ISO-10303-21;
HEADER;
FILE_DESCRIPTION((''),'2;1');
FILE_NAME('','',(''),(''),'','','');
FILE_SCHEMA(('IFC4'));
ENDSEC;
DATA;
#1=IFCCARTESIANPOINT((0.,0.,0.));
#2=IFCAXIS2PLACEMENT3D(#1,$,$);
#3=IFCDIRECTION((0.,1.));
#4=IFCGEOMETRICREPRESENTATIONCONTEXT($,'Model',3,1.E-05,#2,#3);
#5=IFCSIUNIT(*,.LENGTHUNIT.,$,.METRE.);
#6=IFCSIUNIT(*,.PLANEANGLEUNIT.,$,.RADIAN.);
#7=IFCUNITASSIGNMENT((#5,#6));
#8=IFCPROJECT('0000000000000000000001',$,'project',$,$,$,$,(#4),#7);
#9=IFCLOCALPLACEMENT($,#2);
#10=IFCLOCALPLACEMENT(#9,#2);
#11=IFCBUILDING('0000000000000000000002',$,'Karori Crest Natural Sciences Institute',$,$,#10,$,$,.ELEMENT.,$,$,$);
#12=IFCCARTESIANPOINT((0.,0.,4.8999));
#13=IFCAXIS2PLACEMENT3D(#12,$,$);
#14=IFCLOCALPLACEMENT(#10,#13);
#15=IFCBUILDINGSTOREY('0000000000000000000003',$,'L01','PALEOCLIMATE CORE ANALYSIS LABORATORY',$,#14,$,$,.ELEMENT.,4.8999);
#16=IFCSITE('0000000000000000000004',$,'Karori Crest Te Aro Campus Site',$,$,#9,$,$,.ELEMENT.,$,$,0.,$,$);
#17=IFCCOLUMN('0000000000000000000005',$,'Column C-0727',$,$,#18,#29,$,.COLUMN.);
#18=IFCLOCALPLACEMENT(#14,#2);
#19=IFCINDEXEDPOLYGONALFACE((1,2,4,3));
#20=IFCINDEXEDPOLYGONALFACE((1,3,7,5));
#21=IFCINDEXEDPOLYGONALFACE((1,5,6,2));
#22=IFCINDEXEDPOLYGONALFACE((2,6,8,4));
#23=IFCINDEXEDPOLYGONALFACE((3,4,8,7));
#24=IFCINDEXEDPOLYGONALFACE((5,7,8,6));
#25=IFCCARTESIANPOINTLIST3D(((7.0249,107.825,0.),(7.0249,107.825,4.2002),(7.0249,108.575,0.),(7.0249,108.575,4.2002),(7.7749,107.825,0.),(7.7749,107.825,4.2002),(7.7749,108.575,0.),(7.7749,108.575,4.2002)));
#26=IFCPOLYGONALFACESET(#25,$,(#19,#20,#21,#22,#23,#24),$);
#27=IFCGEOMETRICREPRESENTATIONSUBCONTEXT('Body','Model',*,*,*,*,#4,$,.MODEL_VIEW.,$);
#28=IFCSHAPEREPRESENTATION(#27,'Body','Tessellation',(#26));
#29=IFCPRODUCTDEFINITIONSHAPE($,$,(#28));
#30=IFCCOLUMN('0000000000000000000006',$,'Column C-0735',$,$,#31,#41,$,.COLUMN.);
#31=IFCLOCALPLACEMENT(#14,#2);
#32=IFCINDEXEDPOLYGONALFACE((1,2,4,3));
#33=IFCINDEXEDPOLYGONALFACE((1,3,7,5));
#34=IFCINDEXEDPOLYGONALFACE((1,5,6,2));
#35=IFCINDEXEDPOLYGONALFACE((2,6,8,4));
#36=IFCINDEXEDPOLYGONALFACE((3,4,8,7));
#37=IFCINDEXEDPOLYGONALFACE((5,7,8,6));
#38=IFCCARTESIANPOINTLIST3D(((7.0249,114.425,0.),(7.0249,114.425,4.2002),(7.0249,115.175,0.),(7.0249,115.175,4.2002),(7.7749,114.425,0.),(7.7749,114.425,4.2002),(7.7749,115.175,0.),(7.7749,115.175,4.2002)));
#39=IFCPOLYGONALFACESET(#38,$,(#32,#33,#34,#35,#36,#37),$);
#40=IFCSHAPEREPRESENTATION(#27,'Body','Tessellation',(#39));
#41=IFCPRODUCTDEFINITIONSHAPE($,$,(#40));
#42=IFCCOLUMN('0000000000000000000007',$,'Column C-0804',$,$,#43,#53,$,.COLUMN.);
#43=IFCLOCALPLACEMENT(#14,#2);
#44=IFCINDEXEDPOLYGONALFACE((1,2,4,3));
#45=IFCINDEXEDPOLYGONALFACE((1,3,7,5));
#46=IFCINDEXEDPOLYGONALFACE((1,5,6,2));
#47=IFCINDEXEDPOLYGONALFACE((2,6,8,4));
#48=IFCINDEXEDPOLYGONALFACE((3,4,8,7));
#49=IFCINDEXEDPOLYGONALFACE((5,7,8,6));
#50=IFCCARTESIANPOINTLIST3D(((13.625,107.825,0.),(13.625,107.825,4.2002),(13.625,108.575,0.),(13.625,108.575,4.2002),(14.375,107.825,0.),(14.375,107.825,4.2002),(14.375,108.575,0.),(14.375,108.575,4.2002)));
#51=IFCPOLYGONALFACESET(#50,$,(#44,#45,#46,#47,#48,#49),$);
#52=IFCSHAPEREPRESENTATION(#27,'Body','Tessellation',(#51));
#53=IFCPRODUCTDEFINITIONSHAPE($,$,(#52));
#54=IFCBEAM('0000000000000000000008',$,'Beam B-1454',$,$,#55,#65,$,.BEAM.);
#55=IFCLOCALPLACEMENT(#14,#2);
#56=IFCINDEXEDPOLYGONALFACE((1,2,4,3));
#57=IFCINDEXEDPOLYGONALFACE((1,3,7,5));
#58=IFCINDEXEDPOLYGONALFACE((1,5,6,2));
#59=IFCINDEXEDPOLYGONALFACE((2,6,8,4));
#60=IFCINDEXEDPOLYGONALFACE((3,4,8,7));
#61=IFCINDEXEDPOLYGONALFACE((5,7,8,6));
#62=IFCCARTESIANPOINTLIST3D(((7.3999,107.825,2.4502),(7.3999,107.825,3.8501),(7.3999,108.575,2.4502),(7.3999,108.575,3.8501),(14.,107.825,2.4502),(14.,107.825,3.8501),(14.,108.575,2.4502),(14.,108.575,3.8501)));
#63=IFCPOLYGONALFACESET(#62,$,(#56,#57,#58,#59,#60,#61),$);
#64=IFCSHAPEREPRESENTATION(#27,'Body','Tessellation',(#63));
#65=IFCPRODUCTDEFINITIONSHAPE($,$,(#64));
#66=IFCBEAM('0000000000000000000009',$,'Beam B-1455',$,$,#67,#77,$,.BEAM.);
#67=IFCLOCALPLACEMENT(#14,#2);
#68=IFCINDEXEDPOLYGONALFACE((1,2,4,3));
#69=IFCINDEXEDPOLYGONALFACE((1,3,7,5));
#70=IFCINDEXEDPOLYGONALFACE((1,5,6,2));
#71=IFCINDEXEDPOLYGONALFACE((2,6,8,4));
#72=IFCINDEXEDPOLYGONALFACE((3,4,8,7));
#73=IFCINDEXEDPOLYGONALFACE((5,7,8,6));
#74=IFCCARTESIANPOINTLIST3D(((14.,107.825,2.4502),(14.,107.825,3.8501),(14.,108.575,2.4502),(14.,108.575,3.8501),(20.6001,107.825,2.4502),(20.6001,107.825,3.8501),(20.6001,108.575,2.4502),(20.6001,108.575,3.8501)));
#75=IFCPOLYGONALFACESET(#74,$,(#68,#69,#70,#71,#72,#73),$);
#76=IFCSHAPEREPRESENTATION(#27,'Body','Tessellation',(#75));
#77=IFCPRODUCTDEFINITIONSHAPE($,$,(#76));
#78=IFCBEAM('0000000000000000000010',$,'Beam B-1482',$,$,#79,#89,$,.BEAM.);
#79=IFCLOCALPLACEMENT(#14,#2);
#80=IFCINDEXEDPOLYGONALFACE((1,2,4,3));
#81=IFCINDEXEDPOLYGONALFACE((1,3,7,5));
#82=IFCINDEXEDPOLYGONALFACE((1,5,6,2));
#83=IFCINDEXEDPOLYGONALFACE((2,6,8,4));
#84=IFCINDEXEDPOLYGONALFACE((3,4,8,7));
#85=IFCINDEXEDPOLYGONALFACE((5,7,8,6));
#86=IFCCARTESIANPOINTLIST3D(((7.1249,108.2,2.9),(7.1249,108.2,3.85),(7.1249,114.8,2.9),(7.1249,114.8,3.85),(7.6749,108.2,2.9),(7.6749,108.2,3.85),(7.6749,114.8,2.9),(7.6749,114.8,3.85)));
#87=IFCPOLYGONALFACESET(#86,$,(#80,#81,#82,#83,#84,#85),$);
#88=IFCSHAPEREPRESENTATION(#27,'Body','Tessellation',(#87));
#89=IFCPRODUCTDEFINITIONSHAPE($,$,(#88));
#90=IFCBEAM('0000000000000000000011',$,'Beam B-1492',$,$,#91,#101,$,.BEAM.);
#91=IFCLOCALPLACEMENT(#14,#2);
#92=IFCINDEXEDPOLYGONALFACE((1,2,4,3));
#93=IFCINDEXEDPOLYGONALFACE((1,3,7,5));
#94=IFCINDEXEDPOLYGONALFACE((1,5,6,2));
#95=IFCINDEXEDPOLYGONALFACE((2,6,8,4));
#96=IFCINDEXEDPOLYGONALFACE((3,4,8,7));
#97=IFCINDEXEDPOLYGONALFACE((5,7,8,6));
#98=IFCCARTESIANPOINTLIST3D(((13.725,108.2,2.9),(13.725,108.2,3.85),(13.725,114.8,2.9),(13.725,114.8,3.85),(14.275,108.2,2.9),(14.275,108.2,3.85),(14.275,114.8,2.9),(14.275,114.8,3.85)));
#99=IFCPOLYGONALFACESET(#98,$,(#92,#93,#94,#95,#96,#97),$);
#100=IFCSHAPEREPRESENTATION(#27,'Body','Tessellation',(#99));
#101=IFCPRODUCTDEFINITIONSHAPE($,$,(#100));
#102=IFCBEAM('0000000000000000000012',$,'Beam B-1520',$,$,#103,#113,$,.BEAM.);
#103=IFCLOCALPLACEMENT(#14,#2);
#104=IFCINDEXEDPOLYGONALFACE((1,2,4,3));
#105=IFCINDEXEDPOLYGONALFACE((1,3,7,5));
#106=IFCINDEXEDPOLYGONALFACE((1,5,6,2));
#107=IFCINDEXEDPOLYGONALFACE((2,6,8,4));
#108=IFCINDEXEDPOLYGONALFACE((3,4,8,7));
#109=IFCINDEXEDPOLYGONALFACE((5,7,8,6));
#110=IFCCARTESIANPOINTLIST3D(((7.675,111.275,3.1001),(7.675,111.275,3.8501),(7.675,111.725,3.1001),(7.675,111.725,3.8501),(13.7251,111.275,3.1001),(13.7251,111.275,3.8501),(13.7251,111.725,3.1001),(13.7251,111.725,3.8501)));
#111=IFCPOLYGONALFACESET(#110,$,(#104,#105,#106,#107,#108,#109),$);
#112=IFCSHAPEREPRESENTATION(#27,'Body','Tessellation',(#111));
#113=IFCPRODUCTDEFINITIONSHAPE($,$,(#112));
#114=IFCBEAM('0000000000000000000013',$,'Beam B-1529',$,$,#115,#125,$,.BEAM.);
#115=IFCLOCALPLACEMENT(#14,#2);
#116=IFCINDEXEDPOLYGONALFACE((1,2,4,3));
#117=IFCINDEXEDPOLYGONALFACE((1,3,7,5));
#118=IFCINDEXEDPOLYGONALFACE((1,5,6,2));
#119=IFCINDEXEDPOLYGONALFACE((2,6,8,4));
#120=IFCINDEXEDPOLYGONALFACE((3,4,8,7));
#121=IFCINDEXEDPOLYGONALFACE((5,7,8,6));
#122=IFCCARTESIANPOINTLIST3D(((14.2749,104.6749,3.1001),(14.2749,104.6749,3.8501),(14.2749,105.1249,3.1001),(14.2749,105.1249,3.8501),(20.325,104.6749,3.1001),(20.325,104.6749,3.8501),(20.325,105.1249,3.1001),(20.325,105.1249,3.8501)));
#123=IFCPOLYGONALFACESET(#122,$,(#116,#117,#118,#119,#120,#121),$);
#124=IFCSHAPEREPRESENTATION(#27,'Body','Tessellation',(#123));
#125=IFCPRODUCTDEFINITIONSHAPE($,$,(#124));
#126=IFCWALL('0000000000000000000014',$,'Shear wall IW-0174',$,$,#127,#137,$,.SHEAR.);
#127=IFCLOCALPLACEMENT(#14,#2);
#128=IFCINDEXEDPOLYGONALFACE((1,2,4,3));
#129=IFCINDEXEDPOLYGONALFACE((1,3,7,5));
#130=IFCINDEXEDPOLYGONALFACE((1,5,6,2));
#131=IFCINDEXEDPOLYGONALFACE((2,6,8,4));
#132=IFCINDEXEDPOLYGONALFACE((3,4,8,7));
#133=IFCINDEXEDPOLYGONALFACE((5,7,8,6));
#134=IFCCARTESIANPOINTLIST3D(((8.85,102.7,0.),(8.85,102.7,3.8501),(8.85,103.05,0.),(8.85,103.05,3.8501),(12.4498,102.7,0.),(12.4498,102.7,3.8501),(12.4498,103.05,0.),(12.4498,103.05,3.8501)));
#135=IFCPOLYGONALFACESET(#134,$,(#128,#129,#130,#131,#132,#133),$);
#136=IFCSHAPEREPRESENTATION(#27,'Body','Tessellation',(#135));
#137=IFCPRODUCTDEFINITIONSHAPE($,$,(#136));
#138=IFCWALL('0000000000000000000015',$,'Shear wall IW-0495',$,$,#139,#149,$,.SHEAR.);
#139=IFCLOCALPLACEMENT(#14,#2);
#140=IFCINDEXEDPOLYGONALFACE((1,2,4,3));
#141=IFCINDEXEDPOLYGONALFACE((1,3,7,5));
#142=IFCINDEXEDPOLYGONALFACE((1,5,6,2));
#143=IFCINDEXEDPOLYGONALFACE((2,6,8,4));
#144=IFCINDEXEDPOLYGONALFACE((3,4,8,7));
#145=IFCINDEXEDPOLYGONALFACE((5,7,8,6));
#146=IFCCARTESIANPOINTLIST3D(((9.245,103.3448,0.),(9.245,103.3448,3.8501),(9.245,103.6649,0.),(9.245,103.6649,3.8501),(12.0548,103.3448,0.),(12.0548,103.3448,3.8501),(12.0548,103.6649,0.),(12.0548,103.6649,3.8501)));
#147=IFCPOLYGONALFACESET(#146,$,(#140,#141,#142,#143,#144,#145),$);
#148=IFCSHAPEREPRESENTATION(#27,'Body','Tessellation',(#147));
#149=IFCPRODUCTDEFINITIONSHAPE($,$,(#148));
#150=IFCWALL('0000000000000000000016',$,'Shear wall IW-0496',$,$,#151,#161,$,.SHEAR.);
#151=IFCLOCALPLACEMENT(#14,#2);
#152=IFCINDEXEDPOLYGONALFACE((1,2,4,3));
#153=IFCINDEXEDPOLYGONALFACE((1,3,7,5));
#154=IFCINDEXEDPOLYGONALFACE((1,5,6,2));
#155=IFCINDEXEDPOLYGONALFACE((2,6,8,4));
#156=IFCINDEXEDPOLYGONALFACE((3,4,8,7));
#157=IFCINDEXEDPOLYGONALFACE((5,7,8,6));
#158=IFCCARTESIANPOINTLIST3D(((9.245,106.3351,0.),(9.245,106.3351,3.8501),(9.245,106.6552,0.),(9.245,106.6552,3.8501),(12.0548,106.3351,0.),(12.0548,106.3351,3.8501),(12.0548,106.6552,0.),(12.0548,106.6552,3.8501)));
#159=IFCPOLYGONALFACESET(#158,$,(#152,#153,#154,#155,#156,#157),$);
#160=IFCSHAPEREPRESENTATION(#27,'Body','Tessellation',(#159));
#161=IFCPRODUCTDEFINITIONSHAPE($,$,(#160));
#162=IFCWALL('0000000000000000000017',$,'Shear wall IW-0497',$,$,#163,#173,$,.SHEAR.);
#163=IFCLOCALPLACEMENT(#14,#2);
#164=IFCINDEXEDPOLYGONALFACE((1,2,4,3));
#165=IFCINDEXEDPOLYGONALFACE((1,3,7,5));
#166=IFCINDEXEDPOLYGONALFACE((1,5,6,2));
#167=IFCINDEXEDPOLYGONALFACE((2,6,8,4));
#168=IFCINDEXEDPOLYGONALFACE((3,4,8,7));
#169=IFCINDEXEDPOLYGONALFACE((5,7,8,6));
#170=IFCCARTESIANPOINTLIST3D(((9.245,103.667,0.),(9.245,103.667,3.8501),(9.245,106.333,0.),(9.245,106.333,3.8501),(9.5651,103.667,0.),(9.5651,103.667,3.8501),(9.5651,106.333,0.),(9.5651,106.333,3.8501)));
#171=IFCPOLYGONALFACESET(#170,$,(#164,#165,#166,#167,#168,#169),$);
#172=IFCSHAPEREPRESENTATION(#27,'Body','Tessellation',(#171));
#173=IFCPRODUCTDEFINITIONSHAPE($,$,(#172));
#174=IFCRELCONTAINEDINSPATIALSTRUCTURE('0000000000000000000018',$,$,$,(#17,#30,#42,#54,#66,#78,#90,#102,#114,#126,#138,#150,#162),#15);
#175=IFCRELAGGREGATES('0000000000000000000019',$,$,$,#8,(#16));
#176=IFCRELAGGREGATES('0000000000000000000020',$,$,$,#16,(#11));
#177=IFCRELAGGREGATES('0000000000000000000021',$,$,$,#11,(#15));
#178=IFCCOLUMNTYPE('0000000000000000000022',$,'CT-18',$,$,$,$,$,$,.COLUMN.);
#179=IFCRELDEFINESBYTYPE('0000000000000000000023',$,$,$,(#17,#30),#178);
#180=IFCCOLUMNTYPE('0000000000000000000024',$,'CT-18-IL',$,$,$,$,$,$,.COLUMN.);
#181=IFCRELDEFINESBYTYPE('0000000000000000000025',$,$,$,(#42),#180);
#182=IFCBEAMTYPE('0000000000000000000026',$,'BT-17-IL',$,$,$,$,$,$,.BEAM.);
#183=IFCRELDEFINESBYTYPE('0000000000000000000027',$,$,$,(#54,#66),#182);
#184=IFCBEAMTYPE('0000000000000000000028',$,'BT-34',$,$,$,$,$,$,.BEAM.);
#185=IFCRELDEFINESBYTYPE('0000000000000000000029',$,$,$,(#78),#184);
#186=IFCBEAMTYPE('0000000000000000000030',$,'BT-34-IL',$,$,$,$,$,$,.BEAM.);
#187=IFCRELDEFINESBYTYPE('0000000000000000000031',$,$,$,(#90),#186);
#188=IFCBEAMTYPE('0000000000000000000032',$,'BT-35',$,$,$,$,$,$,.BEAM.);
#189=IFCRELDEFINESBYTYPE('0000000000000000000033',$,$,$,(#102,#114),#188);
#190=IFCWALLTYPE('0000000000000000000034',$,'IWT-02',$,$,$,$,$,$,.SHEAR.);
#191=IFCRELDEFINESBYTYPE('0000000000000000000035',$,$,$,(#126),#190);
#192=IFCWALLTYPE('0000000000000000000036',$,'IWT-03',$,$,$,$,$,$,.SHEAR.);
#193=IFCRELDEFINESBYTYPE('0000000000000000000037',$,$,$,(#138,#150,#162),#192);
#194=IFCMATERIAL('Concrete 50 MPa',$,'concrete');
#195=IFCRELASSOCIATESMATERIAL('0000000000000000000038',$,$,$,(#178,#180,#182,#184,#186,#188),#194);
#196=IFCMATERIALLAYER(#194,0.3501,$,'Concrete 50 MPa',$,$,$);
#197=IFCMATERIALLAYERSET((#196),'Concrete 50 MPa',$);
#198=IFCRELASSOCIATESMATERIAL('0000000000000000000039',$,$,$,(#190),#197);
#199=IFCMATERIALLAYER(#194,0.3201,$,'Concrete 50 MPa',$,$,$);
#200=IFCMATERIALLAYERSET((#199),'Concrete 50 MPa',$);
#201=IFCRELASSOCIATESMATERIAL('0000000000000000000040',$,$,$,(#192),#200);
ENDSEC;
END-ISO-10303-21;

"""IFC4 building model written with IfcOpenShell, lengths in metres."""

from ifc_helpers import new_model, si_unit, direction, frame, frame_2d, origin, origin_2d, place, context, subcontext, project, spatial, rectangle, extrude, material, layer, layer_set, material_profile, profile_set, type_object, element, save


model = new_model("IFC4")

# Units and contexts
model_context = context("Model", 3, precision=1e-05, world=origin(), true_north=direction((0.0, 1.0)))
body_context = subcontext(model_context, "Body", "Model", "MODEL_VIEW")
ifc_project = project(units=[si_unit("LENGTHUNIT", "METRE"), si_unit("PLANEANGLEUNIT", "RADIAN")], contexts=[model_context])

# Site, building, storey
site_placement = place(None, origin())
site = spatial("IfcSite", under=ifc_project, at=site_placement, Name="Karori Crest Te Aro Campus Site", CompositionType="ELEMENT", RefElevation=0.0)
building_placement = place(site_placement, origin())
building = spatial("IfcBuilding", under=site, at=building_placement, Name="Karori Crest Natural Sciences Institute", CompositionType="ELEMENT")
storey_placement = place(building_placement, frame((0.0, 0.0, 4.8999)))
storey = spatial("IfcBuildingStorey", under=building, at=storey_placement, Name="L01", Description="PALEOCLIMATE CORE ANALYSIS LABORATORY", CompositionType="ELEMENT", Elevation=4.8999)

# Columns
ifc_material_1 = material(Name="Concrete 50 MPa", Category="concrete")
ifc_material_profile_1 = material_profile(ifc_material_1, rectangle(XDim=0.75, YDim=0.75, at=origin_2d()), Name="RC750x750")
ifc_profile_set_1 = profile_set([ifc_material_profile_1], Name="Concrete 50 MPa")
column_type_1 = type_object("IfcColumnType", Name="CT-18", PredefinedType="COLUMN", material=ifc_profile_set_1)
for number, where, z_axis, x_axis, name in (
    (1, (7.3999, 108.2, 0.0), (0.0, 0.0, 1.0), (1.0, 0.0, 0.0), "Column C-0727"),
    (2, (7.3999, 114.8, 0.0), (0.0, 0.0, 1.0), (1.0, 0.0, 0.0), "Column C-0735"),
):
    element("IfcColumn", number, at=place(storey_placement, frame(where, z_axis=z_axis, x_axis=x_axis)), inside=storey, type_object=column_type_1, Name=name, PredefinedType="COLUMN", context=body_context, shape_type="SweptSolid", body=[
        extrude(rectangle(XDim=0.75, YDim=0.75, at=origin_2d()), origin(), (0.0, 0.0, 1.0), 4.2002),
    ])
ifc_material_profile_2 = material_profile(ifc_material_1, rectangle(XDim=0.75, YDim=0.75, at=origin_2d()), Name="RC750x750")
ifc_profile_set_2 = profile_set([ifc_material_profile_2], Name="Concrete 50 MPa")
column_type_2 = type_object("IfcColumnType", Name="CT-18-IL", PredefinedType="COLUMN", material=ifc_profile_set_2)
column_placement = place(storey_placement, frame((14.0, 108.2, 0.0), z_axis=(0.0, 0.0, 1.0), x_axis=(1.0, 0.0, 0.0)))
element("IfcColumn", 3, at=column_placement, inside=storey, type_object=column_type_2, Name="Column C-0804", PredefinedType="COLUMN", context=body_context, shape_type="SweptSolid", body=[
    extrude(rectangle(XDim=0.75, YDim=0.75, at=origin_2d()), origin(), (0.0, 0.0, 1.0), 4.2002),
])

# Beams
ifc_material_profile_3 = material_profile(ifc_material_1, rectangle(XDim=0.75, YDim=1.3999, at=origin_2d()), Name="RCB750x1400")
ifc_profile_set_3 = profile_set([ifc_material_profile_3], Name="Concrete 50 MPa")
beam_type_1 = type_object("IfcBeamType", Name="BT-17-IL", PredefinedType="BEAM", material=ifc_profile_set_3)
for number, where, z_axis, x_axis, name in (
    (4, (7.3999, 108.2, 3.1501), (1.0, 0.0, 0.0), (0.0, 1.0, 0.0), "Beam B-1454"),
    (5, (14.0, 108.2, 3.1501), (1.0, 0.0, 0.0), (0.0, 1.0, 0.0), "Beam B-1455"),
):
    element("IfcBeam", number, at=place(storey_placement, frame(where, z_axis=z_axis, x_axis=x_axis)), inside=storey, type_object=beam_type_1, Name=name, PredefinedType="BEAM", context=body_context, shape_type="SweptSolid", body=[
        extrude(rectangle(XDim=0.75, YDim=1.3999, at=origin_2d()), origin(), (0.0, 0.0, 1.0), 6.6001),
    ])
ifc_material_profile_4 = material_profile(ifc_material_1, rectangle(XDim=0.55, YDim=0.95, at=origin_2d()), Name="RCB550x950")
ifc_profile_set_4 = profile_set([ifc_material_profile_4], Name="Concrete 50 MPa")
beam_type_2 = type_object("IfcBeamType", Name="BT-34", PredefinedType="BEAM", material=ifc_profile_set_4)
beam_1_placement = place(storey_placement, frame((7.3999, 108.2, 3.375), z_axis=(0.0, 1.0, 0.0), x_axis=(-1.0, 0.0, 0.0)))
element("IfcBeam", 6, at=beam_1_placement, inside=storey, type_object=beam_type_2, Name="Beam B-1482", PredefinedType="BEAM", context=body_context, shape_type="SweptSolid", body=[
    extrude(rectangle(XDim=0.55, YDim=0.95, at=origin_2d()), origin(), (0.0, 0.0, 1.0), 6.6001),
])
ifc_material_profile_5 = material_profile(ifc_material_1, rectangle(XDim=0.55, YDim=0.95, at=origin_2d()), Name="RCB550x950")
ifc_profile_set_5 = profile_set([ifc_material_profile_5], Name="Concrete 50 MPa")
beam_type_3 = type_object("IfcBeamType", Name="BT-34-IL", PredefinedType="BEAM", material=ifc_profile_set_5)
beam_2_placement = place(storey_placement, frame((14.0, 108.2, 3.375), z_axis=(0.0, 1.0, 0.0), x_axis=(-1.0, 0.0, 0.0)))
element("IfcBeam", 7, at=beam_2_placement, inside=storey, type_object=beam_type_3, Name="Beam B-1492", PredefinedType="BEAM", context=body_context, shape_type="SweptSolid", body=[
    extrude(rectangle(XDim=0.55, YDim=0.95, at=origin_2d()), origin(), (0.0, 0.0, 1.0), 6.6001),
])
ifc_material_profile_6 = material_profile(ifc_material_1, rectangle(XDim=0.45, YDim=0.75, at=origin_2d()), Name="RCB450x750")
ifc_profile_set_6 = profile_set([ifc_material_profile_6], Name="Concrete 50 MPa")
beam_type_4 = type_object("IfcBeamType", Name="BT-35", PredefinedType="BEAM", material=ifc_profile_set_6)
for number, where, z_axis, x_axis, name in (
    (8, (7.675, 111.5, 3.4751), (1.0, 0.0, 0.0), (0.0, 1.0, 0.0), "Beam B-1520"),
    (9, (14.2749, 104.8999, 3.4751), (1.0, 0.0, 0.0), (0.0, 1.0, 0.0), "Beam B-1529"),
):
    element("IfcBeam", number, at=place(storey_placement, frame(where, z_axis=z_axis, x_axis=x_axis)), inside=storey, type_object=beam_type_4, Name=name, PredefinedType="BEAM", context=body_context, shape_type="SweptSolid", body=[
        extrude(rectangle(XDim=0.45, YDim=0.75, at=origin_2d()), origin(), (0.0, 0.0, 1.0), 6.05),
    ])

# Walls
ifc_layer_1 = layer(ifc_material_1, 0.3501, Name="Concrete 50 MPa")
ifc_layer_set_1 = layer_set([ifc_layer_1], Name="Concrete 50 MPa")
wall_type_1 = type_object("IfcWallType", Name="IWT-02", PredefinedType="SHEAR", material=ifc_layer_set_1)
wall_1_placement = place(storey_placement, frame((8.8501, 102.875, 0.0), z_axis=(0.0, 0.0, 1.0), x_axis=(1.0, 0.0, 0.0)))
element("IfcWall", 10, at=wall_1_placement, inside=storey, type_object=wall_type_1, Name="Shear wall IW-0174", PredefinedType="SHEAR", context=body_context, shape_type="SweptSolid", body=[
    extrude(rectangle(XDim=3.5999, YDim=0.3501, at=frame_2d((1.7998, 0.0))), origin(), (0.0, 0.0, 1.0), 3.8501),
])
ifc_layer_2 = layer(ifc_material_1, 0.3201, Name="Concrete 50 MPa")
ifc_layer_set_2 = layer_set([ifc_layer_2], Name="Concrete 50 MPa")
wall_type_2 = type_object("IfcWallType", Name="IWT-03", PredefinedType="SHEAR", material=ifc_layer_set_2)
for number, where, z_axis, x_axis, name in (
    (11, (9.2451, 103.5049, 0.0), (0.0, 0.0, 1.0), (1.0, 0.0, 0.0), "Shear wall IW-0495"),
    (12, (9.2451, 106.4951, 0.0), (0.0, 0.0, 1.0), (1.0, 0.0, 0.0), "Shear wall IW-0496"),
):
    element("IfcWall", number, at=place(storey_placement, frame(where, z_axis=z_axis, x_axis=x_axis)), inside=storey, type_object=wall_type_2, Name=name, PredefinedType="SHEAR", context=body_context, shape_type="SweptSolid", body=[
        extrude(rectangle(XDim=2.8098, YDim=0.3201, at=frame_2d((1.4048, 0.0))), origin(), (0.0, 0.0, 1.0), 3.8501),
    ])
wall_2_placement = place(storey_placement, frame((9.405, 103.667, 0.0), z_axis=(0.0, 0.0, 1.0), x_axis=(0.0, 1.0, 0.0)))
element("IfcWall", 13, at=wall_2_placement, inside=storey, type_object=wall_type_2, Name="Shear wall IW-0497", PredefinedType="SHEAR", context=body_context, shape_type="SweptSolid", body=[
    extrude(rectangle(XDim=2.666, YDim=0.3201, at=frame_2d((1.333, 0.0))), origin(), (0.0, 0.0, 1.0), 3.8501),
])

save(model, "model.ifc")
